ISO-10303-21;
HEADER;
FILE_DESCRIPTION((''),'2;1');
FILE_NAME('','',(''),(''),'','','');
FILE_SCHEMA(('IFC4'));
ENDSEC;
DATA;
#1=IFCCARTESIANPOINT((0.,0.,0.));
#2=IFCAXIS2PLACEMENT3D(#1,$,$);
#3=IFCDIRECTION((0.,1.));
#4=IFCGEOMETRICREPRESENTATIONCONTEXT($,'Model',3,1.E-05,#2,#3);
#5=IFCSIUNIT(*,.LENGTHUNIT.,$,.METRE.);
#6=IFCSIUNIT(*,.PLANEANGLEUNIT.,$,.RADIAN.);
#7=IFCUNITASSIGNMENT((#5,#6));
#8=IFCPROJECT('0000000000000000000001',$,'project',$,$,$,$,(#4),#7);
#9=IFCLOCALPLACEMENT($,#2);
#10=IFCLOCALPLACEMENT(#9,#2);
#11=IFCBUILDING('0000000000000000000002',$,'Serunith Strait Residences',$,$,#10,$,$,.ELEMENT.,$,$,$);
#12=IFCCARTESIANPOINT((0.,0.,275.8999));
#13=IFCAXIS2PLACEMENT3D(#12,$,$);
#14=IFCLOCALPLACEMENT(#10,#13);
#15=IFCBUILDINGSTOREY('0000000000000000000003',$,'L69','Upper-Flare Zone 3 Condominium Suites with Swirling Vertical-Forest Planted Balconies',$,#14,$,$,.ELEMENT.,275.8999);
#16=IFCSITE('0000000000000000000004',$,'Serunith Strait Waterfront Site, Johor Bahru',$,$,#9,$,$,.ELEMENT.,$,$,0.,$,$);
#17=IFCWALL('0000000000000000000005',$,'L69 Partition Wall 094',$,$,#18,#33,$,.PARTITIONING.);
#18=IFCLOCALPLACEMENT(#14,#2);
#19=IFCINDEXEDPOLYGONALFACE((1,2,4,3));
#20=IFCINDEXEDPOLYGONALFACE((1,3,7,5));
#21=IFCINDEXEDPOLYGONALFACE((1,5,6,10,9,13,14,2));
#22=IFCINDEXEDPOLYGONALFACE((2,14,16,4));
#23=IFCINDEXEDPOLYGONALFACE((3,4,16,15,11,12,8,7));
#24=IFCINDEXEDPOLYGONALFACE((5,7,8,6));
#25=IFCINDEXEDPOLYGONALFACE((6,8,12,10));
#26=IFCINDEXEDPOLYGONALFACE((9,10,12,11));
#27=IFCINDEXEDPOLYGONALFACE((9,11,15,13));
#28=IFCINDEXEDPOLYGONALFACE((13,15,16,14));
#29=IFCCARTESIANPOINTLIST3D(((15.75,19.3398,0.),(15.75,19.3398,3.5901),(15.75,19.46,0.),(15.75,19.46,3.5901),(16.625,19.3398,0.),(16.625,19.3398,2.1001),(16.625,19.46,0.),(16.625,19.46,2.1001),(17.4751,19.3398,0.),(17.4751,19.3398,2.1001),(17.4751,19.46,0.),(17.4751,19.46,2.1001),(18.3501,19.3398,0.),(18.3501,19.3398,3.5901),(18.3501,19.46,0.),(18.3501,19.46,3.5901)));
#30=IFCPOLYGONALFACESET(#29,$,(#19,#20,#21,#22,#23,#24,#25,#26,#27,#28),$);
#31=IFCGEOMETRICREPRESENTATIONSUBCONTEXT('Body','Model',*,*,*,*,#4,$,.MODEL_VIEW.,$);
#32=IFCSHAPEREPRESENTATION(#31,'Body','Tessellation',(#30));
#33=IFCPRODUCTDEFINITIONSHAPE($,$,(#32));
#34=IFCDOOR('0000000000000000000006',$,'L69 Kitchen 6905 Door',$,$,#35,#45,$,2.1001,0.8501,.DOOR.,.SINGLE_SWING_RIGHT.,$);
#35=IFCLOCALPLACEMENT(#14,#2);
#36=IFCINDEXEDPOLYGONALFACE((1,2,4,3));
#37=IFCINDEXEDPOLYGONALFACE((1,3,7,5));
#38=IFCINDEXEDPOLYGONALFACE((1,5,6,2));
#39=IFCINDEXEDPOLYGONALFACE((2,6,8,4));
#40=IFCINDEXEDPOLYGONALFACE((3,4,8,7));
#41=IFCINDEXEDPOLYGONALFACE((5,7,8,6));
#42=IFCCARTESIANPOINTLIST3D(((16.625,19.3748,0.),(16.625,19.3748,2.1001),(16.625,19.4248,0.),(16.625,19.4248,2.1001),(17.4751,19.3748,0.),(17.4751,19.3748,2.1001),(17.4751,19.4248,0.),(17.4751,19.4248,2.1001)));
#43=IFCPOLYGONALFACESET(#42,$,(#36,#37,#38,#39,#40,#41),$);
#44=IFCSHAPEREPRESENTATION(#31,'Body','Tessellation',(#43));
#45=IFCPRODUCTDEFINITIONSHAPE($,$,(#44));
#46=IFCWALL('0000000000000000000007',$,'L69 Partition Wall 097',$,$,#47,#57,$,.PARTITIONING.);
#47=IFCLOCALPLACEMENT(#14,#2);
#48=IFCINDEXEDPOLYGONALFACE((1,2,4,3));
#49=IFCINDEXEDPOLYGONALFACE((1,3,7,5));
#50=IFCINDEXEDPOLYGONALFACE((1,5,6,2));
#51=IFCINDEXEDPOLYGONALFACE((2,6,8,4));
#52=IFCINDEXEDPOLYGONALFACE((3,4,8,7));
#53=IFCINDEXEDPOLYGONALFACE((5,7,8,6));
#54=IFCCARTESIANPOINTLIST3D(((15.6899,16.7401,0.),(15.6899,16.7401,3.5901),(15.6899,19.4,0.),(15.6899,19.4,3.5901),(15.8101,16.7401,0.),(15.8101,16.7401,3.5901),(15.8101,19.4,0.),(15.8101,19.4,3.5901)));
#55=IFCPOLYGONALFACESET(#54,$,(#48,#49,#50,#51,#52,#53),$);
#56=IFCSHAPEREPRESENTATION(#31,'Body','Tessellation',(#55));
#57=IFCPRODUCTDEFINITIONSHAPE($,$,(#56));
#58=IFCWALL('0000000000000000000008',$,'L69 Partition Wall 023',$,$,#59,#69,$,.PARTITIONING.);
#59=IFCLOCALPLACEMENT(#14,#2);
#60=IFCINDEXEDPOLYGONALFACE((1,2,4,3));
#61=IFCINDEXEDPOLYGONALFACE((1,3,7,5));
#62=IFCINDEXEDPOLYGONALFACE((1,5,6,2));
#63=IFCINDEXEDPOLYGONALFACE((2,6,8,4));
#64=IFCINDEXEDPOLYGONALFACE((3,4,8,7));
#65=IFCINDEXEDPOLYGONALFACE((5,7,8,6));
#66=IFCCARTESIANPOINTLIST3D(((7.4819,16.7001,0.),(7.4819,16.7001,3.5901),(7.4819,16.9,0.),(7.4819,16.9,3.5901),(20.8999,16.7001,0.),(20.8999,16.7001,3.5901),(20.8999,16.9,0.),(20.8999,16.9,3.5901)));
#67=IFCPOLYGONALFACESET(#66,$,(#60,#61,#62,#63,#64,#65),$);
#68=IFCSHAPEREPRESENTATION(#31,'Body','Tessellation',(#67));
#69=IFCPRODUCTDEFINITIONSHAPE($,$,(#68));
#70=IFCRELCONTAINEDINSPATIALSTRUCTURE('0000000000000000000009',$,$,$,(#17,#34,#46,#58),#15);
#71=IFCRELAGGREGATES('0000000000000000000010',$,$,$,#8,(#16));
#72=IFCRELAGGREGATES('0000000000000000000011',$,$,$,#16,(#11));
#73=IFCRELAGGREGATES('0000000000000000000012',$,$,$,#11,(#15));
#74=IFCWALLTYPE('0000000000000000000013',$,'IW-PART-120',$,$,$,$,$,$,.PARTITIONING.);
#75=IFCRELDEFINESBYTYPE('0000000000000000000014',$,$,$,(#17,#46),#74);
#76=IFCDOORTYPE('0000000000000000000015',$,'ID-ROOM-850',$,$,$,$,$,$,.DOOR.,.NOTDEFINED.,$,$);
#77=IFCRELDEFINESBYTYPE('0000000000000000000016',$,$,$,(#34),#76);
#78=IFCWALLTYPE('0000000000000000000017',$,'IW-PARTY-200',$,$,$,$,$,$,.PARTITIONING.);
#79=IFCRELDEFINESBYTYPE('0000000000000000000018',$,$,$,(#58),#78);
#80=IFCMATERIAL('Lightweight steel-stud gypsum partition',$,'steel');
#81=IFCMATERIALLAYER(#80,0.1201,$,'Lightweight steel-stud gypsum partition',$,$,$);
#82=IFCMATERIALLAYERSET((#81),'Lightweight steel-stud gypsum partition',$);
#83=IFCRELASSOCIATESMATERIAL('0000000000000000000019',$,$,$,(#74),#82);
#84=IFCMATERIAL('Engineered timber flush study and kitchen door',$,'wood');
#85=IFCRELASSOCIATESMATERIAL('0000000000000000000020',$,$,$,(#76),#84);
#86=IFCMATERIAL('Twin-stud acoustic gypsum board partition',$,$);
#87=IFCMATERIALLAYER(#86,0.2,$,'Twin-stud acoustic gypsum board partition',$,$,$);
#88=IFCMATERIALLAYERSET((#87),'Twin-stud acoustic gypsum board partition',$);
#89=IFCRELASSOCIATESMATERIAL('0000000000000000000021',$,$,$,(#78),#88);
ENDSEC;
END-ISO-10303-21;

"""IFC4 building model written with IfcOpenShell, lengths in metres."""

from ifc_helpers import new_model, si_unit, direction, frame, frame_2d, origin, place, context, subcontext, project, spatial, rectangle, extrude, source, transform, mapped, material, layer, layer_set, type_object, element, fill, save


model = new_model("IFC4")

# Units and contexts
model_context = context("Model", 3, precision=1e-05, world=origin(), true_north=direction((0.0, 1.0)))
body_context = subcontext(model_context, "Body", "Model", "MODEL_VIEW")
ifc_project = project(units=[si_unit("LENGTHUNIT", "METRE"), si_unit("PLANEANGLEUNIT", "RADIAN")], contexts=[model_context])

# Site, building, storey
site_placement = place(None, origin())
site = spatial("IfcSite", under=ifc_project, at=site_placement, Name="Serunith Strait Waterfront Site, Johor Bahru", CompositionType="ELEMENT", RefElevation=0.0)
building_placement = place(site_placement, origin())
building = spatial("IfcBuilding", under=site, at=building_placement, Name="Serunith Strait Residences", CompositionType="ELEMENT")
storey_placement = place(building_placement, frame((0.0, 0.0, 275.8999)))
storey = spatial("IfcBuildingStorey", under=building, at=storey_placement, Name="L69", Description="Upper-Flare Zone 3 Condominium Suites with Swirling Vertical-Forest Planted Balconies", CompositionType="ELEMENT", Elevation=275.8999)

# Shared definitions
ifc_material_1 = material(Name="Lightweight steel-stud gypsum partition", Category="steel")
ifc_layer_1 = layer(ifc_material_1, 0.1201, Name="Lightweight steel-stud gypsum partition")
ifc_layer_set_1 = layer_set([ifc_layer_1], Name="Lightweight steel-stud gypsum partition")
wall_type_1 = type_object("IfcWallType", Name="IW-PART-120", PredefinedType="PARTITIONING", material=ifc_layer_set_1)
shared_shape_1 = source(origin(), body_context, "Body", "SweptSolid", [
    extrude(rectangle(XDim=0.8501, YDim=2.1001, at=frame_2d((0.425, 1.05))), frame((0.0, 0.0249, 0.0), z_axis=(0.0, -1.0, 0.0), x_axis=(1.0, 0.0, 0.0)), (0.0, 0.0, 1.0), 0.05),
])

# Wall, opening, door
ifc_material_2 = material(Name="Engineered timber flush study and kitchen door", Category="wood")
door_type_1 = type_object("IfcDoorType", Name="ID-ROOM-850", OperationType="NOTDEFINED", PredefinedType="DOOR", material=ifc_material_2)
wall_1_placement = place(storey_placement, frame((15.75, 19.3999, 0.0), z_axis=(0.0, 0.0, 1.0), x_axis=(1.0, 0.0, 0.0)))
wall_1 = element("IfcWall", 1, at=wall_1_placement, inside=storey, type_object=wall_type_1, Name="L69 Partition Wall 094", PredefinedType="PARTITIONING", context=body_context, shape_type="SweptSolid", body=[
    extrude(rectangle(XDim=2.6001, YDim=0.1201, at=frame_2d((1.3, 0.0))), origin(), (0.0, 0.0, 1.0), 3.5901),
])
opening_1_placement = place(wall_1_placement, frame((0.875, 0.0, 0.0)))
opening_1 = element("IfcOpeningElement", 2, at=opening_1_placement, cuts=wall_1, PredefinedType="OPENING", context=body_context, shape_type="SweptSolid", body=[
    extrude(rectangle(XDim=0.8501, YDim=2.1001, at=frame_2d((0.425, 1.05))), frame((0.0, 0.0701, 0.0), z_axis=(0.0, -1.0, 0.0), x_axis=(1.0, 0.0, 0.0)), (0.0, 0.0, 1.0), 0.1401),
])
door_1_placement = place(opening_1_placement, origin())
door_1 = element("IfcDoor", 3, at=door_1_placement, inside=storey, type_object=door_type_1, Name="L69 Kitchen 6905 Door", OperationType="SINGLE_SWING_RIGHT", OverallHeight=2.1001, OverallWidth=0.8501, PredefinedType="DOOR", context=body_context, shape_type="MappedRepresentation", body=[
    mapped(shared_shape_1, transform((0.0, 0.0, 0.0), scale=1.0)),
])
fill(opening_1, door_1)

# Walls
wall_2_placement = place(storey_placement, frame((15.75, 16.74, 0.0), z_axis=(0.0, 0.0, 1.0), x_axis=(0.0, 1.0, 0.0)))
element("IfcWall", 4, at=wall_2_placement, inside=storey, type_object=wall_type_1, Name="L69 Partition Wall 097", PredefinedType="PARTITIONING", context=body_context, shape_type="SweptSolid", body=[
    extrude(rectangle(XDim=2.6599, YDim=0.1201, at=frame_2d((1.3301, 0.0))), origin(), (0.0, 0.0, 1.0), 3.5901),
])
ifc_material_3 = material(Name="Twin-stud acoustic gypsum board partition")
ifc_layer_2 = layer(ifc_material_3, 0.2, Name="Twin-stud acoustic gypsum board partition")
ifc_layer_set_2 = layer_set([ifc_layer_2], Name="Twin-stud acoustic gypsum board partition")
wall_type_2 = type_object("IfcWallType", Name="IW-PARTY-200", PredefinedType="PARTITIONING", material=ifc_layer_set_2)
wall_3_placement = place(storey_placement, frame((7.4819, 16.8, 0.0), z_axis=(0.0, 0.0, 1.0), x_axis=(1.0, 0.0, 0.0)))
element("IfcWall", 5, at=wall_3_placement, inside=storey, type_object=wall_type_2, Name="L69 Partition Wall 023", PredefinedType="PARTITIONING", context=body_context, shape_type="SweptSolid", body=[
    extrude(rectangle(XDim=13.418, YDim=0.2, at=frame_2d((6.709, 0.0))), origin(), (0.0, 0.0, 1.0), 3.5901),
])

save(model, "model.ifc")
